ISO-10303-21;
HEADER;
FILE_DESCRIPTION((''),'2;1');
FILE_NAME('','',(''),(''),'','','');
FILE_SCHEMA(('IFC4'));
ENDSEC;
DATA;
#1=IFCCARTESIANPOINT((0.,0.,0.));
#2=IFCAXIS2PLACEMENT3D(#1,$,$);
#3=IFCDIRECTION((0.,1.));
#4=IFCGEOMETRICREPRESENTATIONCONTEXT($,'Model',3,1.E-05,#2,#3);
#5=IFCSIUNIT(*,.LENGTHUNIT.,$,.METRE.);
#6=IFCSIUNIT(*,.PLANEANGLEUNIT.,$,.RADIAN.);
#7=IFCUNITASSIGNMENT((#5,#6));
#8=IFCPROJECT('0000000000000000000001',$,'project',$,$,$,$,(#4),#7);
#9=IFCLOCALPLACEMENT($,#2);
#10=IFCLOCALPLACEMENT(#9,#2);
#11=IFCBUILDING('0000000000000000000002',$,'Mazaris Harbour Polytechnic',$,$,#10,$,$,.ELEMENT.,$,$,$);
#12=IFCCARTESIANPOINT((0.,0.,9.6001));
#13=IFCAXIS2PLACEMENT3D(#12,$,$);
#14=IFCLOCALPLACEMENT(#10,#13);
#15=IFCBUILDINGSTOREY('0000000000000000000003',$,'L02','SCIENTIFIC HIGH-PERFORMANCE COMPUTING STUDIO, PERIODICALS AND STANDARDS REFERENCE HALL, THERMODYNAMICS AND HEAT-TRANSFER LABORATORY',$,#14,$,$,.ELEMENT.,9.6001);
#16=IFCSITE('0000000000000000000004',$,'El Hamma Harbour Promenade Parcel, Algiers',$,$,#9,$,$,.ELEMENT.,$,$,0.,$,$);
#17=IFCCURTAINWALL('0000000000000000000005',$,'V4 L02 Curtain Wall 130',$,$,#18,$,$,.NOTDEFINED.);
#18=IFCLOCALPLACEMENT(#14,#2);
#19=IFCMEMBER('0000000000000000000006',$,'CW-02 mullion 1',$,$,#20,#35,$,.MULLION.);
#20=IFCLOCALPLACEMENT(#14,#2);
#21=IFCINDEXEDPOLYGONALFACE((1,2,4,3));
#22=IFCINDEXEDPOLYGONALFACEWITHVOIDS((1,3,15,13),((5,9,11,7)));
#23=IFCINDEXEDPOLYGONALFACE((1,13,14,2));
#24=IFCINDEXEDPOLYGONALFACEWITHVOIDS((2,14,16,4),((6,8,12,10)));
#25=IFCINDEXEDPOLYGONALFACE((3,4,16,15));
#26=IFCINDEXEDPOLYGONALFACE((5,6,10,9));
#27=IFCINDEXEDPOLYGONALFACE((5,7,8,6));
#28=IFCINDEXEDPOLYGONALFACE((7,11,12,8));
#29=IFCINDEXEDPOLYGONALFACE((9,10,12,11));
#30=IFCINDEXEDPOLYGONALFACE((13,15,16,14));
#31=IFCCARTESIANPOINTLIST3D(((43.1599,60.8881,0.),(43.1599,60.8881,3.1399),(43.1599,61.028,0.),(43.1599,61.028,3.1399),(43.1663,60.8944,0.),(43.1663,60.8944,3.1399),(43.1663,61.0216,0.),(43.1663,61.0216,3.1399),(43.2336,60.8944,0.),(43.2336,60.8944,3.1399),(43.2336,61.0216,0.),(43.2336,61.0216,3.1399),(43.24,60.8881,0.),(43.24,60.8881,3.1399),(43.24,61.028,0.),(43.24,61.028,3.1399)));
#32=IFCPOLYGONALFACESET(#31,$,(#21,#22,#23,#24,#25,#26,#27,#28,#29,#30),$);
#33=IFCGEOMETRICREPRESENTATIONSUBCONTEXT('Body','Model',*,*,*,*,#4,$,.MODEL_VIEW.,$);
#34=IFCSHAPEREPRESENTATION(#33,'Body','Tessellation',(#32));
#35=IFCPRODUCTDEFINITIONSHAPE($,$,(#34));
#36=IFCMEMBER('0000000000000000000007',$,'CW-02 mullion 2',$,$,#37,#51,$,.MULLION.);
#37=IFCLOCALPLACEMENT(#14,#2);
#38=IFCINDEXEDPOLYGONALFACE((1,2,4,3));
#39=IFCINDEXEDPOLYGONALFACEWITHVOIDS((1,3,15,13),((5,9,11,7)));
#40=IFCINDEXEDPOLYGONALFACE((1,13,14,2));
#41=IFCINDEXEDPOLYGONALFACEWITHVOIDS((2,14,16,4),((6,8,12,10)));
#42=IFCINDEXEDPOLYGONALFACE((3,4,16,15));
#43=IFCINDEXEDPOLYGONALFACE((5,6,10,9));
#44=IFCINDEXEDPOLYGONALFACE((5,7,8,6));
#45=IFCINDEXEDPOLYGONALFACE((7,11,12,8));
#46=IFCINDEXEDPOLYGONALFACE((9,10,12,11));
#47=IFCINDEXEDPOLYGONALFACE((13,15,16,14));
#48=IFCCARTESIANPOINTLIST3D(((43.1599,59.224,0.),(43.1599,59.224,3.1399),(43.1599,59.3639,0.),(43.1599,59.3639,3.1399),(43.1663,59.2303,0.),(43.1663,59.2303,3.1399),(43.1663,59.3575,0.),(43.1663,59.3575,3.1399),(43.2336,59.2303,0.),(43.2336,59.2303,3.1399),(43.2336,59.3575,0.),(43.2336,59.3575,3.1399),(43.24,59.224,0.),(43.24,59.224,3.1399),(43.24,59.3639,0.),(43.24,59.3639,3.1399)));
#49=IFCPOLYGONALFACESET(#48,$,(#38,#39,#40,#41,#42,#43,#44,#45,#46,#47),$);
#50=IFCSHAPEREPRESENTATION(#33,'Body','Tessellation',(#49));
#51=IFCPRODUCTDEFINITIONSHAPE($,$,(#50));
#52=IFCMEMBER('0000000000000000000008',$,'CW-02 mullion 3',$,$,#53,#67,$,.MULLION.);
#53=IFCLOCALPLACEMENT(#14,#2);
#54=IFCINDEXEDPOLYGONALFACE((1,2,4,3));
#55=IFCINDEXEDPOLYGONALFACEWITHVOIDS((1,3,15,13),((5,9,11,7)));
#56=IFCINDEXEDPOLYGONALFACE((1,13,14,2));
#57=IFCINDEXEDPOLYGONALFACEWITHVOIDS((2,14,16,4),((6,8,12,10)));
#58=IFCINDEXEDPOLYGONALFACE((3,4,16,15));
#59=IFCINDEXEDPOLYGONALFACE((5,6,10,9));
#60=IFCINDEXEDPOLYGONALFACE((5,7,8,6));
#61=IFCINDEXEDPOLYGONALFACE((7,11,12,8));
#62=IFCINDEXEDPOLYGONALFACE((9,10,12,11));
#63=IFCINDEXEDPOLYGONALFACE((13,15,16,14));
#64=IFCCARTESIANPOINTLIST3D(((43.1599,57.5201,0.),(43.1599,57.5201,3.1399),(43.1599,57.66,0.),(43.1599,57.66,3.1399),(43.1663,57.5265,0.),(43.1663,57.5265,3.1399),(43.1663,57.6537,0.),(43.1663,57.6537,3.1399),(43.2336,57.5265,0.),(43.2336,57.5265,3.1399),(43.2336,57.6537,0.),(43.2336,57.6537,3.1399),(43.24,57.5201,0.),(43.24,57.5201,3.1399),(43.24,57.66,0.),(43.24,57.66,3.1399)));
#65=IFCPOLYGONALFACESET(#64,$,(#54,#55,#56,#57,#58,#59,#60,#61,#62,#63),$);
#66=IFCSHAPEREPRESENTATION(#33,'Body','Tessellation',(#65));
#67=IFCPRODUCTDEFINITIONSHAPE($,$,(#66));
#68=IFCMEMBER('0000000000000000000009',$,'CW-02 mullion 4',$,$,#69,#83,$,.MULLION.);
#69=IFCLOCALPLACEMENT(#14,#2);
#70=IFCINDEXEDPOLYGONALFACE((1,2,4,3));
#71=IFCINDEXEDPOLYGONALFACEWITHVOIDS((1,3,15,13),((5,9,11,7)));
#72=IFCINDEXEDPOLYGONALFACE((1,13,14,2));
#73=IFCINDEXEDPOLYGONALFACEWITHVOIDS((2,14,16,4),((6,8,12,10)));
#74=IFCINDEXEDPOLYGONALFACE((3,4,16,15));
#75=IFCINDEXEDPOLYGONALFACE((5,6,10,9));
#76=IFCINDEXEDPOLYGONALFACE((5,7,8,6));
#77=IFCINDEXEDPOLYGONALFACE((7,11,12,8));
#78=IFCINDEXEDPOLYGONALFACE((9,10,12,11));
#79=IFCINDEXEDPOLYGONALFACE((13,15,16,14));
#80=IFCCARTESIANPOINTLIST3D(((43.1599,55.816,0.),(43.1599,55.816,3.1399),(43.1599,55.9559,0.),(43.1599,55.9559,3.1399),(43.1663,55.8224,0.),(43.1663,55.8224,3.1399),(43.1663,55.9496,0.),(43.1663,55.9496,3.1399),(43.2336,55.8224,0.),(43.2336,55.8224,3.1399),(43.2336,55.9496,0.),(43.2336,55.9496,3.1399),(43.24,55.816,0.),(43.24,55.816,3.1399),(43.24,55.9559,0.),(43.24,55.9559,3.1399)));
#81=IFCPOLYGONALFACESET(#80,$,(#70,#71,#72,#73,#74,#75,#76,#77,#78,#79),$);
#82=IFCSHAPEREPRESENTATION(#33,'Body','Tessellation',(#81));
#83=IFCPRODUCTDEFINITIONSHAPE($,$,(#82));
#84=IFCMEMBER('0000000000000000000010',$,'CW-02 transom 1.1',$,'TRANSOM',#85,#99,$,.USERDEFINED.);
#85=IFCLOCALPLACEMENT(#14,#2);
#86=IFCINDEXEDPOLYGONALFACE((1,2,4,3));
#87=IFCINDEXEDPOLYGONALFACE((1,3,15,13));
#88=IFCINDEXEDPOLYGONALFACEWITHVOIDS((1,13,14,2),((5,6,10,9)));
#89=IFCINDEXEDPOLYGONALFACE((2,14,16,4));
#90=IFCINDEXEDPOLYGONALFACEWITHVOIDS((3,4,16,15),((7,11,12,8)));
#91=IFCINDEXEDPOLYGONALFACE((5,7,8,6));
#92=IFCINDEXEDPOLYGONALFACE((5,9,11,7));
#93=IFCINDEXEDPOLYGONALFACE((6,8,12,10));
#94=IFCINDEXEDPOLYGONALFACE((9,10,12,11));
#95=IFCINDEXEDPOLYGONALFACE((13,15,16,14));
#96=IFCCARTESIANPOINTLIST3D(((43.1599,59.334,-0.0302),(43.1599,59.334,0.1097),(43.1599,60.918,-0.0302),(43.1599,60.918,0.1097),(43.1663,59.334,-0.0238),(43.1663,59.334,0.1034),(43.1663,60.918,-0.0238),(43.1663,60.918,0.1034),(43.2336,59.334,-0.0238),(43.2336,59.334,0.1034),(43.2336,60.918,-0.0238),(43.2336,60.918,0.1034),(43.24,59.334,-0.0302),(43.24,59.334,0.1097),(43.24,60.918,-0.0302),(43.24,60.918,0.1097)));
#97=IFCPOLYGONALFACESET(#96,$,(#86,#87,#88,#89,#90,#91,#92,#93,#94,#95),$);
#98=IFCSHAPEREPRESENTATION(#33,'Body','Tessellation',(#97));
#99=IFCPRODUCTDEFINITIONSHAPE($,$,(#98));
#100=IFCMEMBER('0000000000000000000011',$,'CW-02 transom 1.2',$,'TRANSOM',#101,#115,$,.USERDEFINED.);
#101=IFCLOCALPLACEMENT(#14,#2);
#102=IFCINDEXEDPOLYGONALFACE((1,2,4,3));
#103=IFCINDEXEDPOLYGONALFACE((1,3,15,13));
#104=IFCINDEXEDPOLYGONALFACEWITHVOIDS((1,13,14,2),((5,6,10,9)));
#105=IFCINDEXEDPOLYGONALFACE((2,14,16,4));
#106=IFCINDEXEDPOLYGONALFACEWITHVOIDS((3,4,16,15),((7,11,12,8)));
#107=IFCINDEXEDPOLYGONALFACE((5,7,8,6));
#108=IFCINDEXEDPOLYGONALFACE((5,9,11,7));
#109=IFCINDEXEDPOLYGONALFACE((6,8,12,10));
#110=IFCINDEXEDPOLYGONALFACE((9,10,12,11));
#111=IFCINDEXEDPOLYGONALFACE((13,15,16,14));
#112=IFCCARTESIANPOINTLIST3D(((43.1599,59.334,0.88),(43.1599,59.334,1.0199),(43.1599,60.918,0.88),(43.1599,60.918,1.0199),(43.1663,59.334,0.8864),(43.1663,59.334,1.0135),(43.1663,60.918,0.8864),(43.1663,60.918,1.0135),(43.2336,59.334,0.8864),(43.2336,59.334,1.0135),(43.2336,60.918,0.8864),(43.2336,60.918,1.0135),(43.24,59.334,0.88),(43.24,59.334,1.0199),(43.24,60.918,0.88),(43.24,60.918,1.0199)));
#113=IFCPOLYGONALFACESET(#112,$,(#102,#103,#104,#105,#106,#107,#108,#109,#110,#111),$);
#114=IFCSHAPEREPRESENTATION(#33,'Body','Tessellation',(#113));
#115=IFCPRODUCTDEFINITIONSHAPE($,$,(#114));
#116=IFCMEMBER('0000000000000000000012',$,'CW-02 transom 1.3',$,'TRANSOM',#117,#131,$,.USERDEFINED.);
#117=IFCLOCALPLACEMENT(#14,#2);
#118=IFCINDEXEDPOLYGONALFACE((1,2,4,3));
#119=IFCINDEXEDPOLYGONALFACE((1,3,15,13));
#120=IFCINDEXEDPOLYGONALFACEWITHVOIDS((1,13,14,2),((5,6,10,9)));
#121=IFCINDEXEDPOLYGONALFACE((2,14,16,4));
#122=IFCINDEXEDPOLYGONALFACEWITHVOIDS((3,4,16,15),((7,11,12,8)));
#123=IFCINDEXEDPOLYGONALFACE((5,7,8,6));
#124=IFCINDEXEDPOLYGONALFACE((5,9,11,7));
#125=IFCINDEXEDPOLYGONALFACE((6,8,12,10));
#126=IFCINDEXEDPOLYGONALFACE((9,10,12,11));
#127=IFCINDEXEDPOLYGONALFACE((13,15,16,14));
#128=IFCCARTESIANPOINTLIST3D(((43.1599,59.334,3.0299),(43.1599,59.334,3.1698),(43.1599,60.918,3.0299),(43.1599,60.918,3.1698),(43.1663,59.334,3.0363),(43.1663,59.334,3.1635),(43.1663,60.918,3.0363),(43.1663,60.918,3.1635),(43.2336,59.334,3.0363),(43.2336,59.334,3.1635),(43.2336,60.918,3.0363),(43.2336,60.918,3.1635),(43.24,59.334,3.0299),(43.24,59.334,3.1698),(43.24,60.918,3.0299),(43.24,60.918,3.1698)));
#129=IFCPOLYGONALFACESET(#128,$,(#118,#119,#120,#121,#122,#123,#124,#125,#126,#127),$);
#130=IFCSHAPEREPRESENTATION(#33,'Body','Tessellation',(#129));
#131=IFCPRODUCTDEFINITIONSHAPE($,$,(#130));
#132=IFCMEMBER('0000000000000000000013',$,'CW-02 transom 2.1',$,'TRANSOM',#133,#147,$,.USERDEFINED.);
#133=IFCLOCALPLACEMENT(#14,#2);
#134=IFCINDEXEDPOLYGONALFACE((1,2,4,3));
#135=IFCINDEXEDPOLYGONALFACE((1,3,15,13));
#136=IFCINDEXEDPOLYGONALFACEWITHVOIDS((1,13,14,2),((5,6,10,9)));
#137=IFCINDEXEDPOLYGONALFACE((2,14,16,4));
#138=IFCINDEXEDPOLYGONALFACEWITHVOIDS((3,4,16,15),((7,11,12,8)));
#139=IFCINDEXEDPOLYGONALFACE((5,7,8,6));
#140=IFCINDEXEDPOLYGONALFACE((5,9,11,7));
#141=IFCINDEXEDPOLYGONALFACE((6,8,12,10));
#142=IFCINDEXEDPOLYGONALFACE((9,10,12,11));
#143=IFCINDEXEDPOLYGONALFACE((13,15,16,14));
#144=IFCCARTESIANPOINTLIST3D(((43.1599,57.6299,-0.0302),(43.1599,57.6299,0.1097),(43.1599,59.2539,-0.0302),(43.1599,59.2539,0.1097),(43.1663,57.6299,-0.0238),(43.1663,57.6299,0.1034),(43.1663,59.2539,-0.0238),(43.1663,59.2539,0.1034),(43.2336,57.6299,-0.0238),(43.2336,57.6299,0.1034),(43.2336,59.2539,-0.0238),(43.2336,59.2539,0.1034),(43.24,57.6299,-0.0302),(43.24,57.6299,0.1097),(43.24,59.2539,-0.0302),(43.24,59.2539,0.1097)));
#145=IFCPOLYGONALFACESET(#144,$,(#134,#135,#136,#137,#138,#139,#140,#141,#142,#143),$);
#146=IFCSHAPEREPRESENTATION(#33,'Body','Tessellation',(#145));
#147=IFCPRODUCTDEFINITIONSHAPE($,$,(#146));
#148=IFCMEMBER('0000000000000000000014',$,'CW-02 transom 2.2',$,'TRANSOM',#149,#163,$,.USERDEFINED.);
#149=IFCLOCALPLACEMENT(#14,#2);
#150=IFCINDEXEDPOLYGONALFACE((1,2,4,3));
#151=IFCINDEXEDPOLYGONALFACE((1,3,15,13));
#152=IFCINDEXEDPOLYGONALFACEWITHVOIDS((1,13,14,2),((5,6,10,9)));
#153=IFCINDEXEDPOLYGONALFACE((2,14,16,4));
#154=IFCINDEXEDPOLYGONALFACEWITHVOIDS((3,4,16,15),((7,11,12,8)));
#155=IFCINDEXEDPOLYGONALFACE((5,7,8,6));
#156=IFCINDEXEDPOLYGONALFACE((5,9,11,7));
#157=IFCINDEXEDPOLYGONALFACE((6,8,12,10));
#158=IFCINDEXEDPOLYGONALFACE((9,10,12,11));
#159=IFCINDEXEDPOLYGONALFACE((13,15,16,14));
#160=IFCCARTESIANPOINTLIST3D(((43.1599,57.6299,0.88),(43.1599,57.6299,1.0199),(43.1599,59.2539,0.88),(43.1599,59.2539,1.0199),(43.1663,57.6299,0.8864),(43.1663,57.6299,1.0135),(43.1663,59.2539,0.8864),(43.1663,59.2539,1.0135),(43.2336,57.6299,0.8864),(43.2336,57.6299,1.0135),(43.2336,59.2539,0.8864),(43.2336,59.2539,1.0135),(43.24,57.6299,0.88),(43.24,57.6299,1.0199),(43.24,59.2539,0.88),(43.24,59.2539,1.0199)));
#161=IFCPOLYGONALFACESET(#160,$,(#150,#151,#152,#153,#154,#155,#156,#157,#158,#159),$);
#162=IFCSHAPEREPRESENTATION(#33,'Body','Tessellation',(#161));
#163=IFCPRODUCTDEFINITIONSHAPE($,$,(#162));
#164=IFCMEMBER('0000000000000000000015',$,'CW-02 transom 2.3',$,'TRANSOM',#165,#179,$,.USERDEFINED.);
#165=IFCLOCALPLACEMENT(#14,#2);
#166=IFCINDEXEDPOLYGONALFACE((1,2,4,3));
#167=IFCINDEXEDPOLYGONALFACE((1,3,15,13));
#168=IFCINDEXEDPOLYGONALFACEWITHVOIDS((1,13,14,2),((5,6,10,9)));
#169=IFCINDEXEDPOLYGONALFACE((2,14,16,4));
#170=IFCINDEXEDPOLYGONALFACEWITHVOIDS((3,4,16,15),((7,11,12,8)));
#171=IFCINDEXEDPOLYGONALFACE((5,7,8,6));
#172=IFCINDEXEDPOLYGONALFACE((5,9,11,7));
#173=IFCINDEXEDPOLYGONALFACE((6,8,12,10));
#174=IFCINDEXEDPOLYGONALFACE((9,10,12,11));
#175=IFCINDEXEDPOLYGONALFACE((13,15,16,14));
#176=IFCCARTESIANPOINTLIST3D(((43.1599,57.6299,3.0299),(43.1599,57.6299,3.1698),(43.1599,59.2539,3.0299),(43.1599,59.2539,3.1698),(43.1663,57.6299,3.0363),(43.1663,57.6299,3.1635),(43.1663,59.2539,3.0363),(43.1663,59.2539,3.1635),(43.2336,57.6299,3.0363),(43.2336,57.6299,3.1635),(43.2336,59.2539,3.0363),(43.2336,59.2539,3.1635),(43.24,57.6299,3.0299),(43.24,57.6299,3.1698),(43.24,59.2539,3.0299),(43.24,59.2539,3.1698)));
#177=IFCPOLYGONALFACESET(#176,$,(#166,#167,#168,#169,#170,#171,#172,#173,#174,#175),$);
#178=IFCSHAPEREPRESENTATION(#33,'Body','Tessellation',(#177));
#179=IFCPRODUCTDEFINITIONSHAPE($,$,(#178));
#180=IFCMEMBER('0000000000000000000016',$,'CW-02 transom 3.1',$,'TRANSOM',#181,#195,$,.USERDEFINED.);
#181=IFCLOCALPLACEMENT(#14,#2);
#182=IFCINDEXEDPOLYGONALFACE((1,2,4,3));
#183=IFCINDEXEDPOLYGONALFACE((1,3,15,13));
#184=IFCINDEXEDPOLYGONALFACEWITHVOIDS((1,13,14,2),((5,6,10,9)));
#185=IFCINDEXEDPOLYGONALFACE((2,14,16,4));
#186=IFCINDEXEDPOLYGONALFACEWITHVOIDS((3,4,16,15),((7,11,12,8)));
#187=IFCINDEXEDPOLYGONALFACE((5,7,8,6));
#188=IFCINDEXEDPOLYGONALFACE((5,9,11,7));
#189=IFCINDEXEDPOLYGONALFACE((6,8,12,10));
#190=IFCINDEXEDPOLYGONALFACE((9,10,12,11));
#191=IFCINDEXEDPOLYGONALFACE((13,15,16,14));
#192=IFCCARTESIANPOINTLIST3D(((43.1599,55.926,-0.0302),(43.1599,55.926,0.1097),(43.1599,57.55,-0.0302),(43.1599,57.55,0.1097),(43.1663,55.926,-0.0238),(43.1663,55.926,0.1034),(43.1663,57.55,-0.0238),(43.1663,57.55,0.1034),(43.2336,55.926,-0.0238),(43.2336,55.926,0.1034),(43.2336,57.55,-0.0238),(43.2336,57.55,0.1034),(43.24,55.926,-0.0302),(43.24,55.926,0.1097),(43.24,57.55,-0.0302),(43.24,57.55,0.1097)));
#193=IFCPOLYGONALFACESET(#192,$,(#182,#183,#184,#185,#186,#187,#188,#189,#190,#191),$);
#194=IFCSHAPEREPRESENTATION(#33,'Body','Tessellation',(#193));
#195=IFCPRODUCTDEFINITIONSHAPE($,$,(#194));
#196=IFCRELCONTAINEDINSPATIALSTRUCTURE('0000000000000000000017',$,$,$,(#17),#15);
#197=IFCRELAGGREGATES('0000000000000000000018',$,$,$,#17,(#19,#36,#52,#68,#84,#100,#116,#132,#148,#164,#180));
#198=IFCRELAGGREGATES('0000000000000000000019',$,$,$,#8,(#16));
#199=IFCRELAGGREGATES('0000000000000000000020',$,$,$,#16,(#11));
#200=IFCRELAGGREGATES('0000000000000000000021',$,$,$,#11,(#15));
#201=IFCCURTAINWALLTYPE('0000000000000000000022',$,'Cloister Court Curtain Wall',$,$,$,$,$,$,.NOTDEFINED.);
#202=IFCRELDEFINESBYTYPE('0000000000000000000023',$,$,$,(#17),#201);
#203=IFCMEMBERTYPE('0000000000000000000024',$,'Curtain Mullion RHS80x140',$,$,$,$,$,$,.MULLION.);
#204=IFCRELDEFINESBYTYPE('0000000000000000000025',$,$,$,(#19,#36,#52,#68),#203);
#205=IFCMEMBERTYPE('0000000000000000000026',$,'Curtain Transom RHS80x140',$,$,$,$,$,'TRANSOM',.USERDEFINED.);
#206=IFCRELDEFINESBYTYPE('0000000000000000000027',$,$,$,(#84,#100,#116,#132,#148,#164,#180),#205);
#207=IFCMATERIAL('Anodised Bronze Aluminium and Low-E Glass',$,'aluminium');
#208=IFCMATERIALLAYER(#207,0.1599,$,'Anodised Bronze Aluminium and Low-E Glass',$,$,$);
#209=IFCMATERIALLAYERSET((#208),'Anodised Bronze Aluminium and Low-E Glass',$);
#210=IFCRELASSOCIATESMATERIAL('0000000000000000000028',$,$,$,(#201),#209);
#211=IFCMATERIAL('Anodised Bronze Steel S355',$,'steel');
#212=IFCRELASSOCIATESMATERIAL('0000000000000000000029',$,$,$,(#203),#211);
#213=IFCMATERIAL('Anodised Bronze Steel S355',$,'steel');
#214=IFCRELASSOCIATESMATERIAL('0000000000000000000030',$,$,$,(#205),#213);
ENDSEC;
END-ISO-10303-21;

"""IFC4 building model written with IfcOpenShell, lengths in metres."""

from ifc_helpers import new_model, si_unit, direction, frame, origin, origin_2d, place, context, subcontext, project, spatial, hollow_rectangle, extrude, material, layer, layer_set, material_profile, profile_set, type_object, element, aggregate, save


model = new_model("IFC4")

# Units and contexts
model_context = context("Model", 3, precision=1e-05, world=origin(), true_north=direction((0.0, 1.0)))
body_context = subcontext(model_context, "Body", "Model", "MODEL_VIEW")
ifc_project = project(units=[si_unit("LENGTHUNIT", "METRE"), si_unit("PLANEANGLEUNIT", "RADIAN")], contexts=[model_context])

# Site, building, storey
site_placement = place(None, origin())
site = spatial("IfcSite", under=ifc_project, at=site_placement, Name="El Hamma Harbour Promenade Parcel, Algiers", CompositionType="ELEMENT", RefElevation=0.0)
building_placement = place(site_placement, origin())
building = spatial("IfcBuilding", under=site, at=building_placement, Name="Mazaris Harbour Polytechnic", CompositionType="ELEMENT")
storey_placement = place(building_placement, frame((0.0, 0.0, 9.6001)))
storey = spatial("IfcBuildingStorey", under=building, at=storey_placement, Name="L02", Description="SCIENTIFIC HIGH-PERFORMANCE COMPUTING STUDIO, PERIODICALS AND STANDARDS REFERENCE HALL, THERMODYNAMICS AND HEAT-TRANSFER LABORATORY", CompositionType="ELEMENT", Elevation=9.6001)

# Curtain wall, members
ifc_material_1 = material(Name="Anodised Bronze Aluminium and Low-E Glass", Category="aluminium")
ifc_layer_1 = layer(ifc_material_1, 0.1599, Name="Anodised Bronze Aluminium and Low-E Glass")
ifc_layer_set_1 = layer_set([ifc_layer_1], Name="Anodised Bronze Aluminium and Low-E Glass")
curtain_wall_type = type_object("IfcCurtainWallType", Name="Cloister Court Curtain Wall", PredefinedType="NOTDEFINED", material=ifc_layer_set_1)
curtain_wall_placement = place(storey_placement, origin())
curtain_wall = element("IfcCurtainWall", 1, at=curtain_wall_placement, inside=storey, type_object=curtain_wall_type, Name="V4 L02 Curtain Wall 130", PredefinedType="NOTDEFINED")
ifc_material_2 = material(Name="Anodised Bronze Steel S355", Category="steel")
ifc_material_profile_1 = material_profile(ifc_material_2, hollow_rectangle(XDim=0.0801, YDim=0.1399, WallThickness=0.0063, at=origin_2d()), Name="RHS 80x140x6.3")
ifc_profile_set_1 = profile_set([ifc_material_profile_1], Name="Anodised Bronze Steel S355")
member_type_1 = type_object("IfcMemberType", Name="Curtain Mullion RHS80x140", PredefinedType="MULLION", material=ifc_profile_set_1)
member_1_placement = place(storey_placement, frame((43.2, 60.958, 0.0), z_axis=(0.0, 0.0, 1.0), x_axis=(1.0, 0.0, 0.0)))
member_1 = element("IfcMember", 2, at=member_1_placement, type_object=member_type_1, Name="CW-02 mullion 1", PredefinedType="MULLION", context=body_context, shape_type="SweptSolid", body=[
    extrude(hollow_rectangle(XDim=0.0801, YDim=0.1399, WallThickness=0.0063, at=origin_2d()), origin(), (0.0, 0.0, 1.0), 3.1399),
])
member_2_placement = place(storey_placement, frame((43.2, 59.2939, 0.0), z_axis=(0.0, 0.0, 1.0), x_axis=(1.0, 0.0, 0.0)))
member_2 = element("IfcMember", 3, at=member_2_placement, type_object=member_type_1, Name="CW-02 mullion 2", PredefinedType="MULLION", context=body_context, shape_type="SweptSolid", body=[
    extrude(hollow_rectangle(XDim=0.0801, YDim=0.1399, WallThickness=0.0063, at=origin_2d()), origin(), (0.0, 0.0, 1.0), 3.1399),
])
member_3_placement = place(storey_placement, frame((43.2, 57.5901, 0.0), z_axis=(0.0, 0.0, 1.0), x_axis=(1.0, 0.0, 0.0)))
member_3 = element("IfcMember", 4, at=member_3_placement, type_object=member_type_1, Name="CW-02 mullion 3", PredefinedType="MULLION", context=body_context, shape_type="SweptSolid", body=[
    extrude(hollow_rectangle(XDim=0.0801, YDim=0.1399, WallThickness=0.0063, at=origin_2d()), origin(), (0.0, 0.0, 1.0), 3.1399),
])
member_4_placement = place(storey_placement, frame((43.2, 55.886, 0.0), z_axis=(0.0, 0.0, 1.0), x_axis=(1.0, 0.0, 0.0)))
member_4 = element("IfcMember", 5, at=member_4_placement, type_object=member_type_1, Name="CW-02 mullion 4", PredefinedType="MULLION", context=body_context, shape_type="SweptSolid", body=[
    extrude(hollow_rectangle(XDim=0.0801, YDim=0.1399, WallThickness=0.0063, at=origin_2d()), origin(), (0.0, 0.0, 1.0), 3.1399),
])
ifc_material_3 = material(Name="Anodised Bronze Steel S355", Category="steel")
ifc_material_profile_2 = material_profile(ifc_material_3, hollow_rectangle(XDim=0.0801, YDim=0.1399, WallThickness=0.0063, at=origin_2d()), Name="RHS 80x140x6.3")
ifc_profile_set_2 = profile_set([ifc_material_profile_2], Name="Anodised Bronze Steel S355")
member_type_2 = type_object("IfcMemberType", Name="Curtain Transom RHS80x140", ElementType="TRANSOM", PredefinedType="USERDEFINED", material=ifc_profile_set_2)
member_5_placement = place(storey_placement, frame((43.2, 60.918, 0.0398), z_axis=(0.0, -1.0, 0.0), x_axis=(1.0, 0.0, 0.0)))
member_5 = element("IfcMember", 6, at=member_5_placement, type_object=member_type_2, Name="CW-02 transom 1.1", ObjectType="TRANSOM", PredefinedType="USERDEFINED", context=body_context, shape_type="SweptSolid", body=[
    extrude(hollow_rectangle(XDim=0.0801, YDim=0.1399, WallThickness=0.0063, at=origin_2d()), origin(), (0.0, 0.0, 1.0), 1.584),
])
member_6_placement = place(storey_placement, frame((43.2, 60.918, 0.95), z_axis=(0.0, -1.0, 0.0), x_axis=(1.0, 0.0, 0.0)))
member_6 = element("IfcMember", 7, at=member_6_placement, type_object=member_type_2, Name="CW-02 transom 1.2", ObjectType="TRANSOM", PredefinedType="USERDEFINED", context=body_context, shape_type="SweptSolid", body=[
    extrude(hollow_rectangle(XDim=0.0801, YDim=0.1399, WallThickness=0.0063, at=origin_2d()), origin(), (0.0, 0.0, 1.0), 1.584),
])
member_7_placement = place(storey_placement, frame((43.2, 60.918, 3.0999), z_axis=(0.0, -1.0, 0.0), x_axis=(1.0, 0.0, 0.0)))
member_7 = element("IfcMember", 8, at=member_7_placement, type_object=member_type_2, Name="CW-02 transom 1.3", ObjectType="TRANSOM", PredefinedType="USERDEFINED", context=body_context, shape_type="SweptSolid", body=[
    extrude(hollow_rectangle(XDim=0.0801, YDim=0.1399, WallThickness=0.0063, at=origin_2d()), origin(), (0.0, 0.0, 1.0), 1.584),
])
member_8_placement = place(storey_placement, frame((43.2, 59.2539, 0.0398), z_axis=(0.0, -1.0, 0.0), x_axis=(1.0, 0.0, 0.0)))
member_8 = element("IfcMember", 9, at=member_8_placement, type_object=member_type_2, Name="CW-02 transom 2.1", ObjectType="TRANSOM", PredefinedType="USERDEFINED", context=body_context, shape_type="SweptSolid", body=[
    extrude(hollow_rectangle(XDim=0.0801, YDim=0.1399, WallThickness=0.0063, at=origin_2d()), origin(), (0.0, 0.0, 1.0), 1.624),
])
member_9_placement = place(storey_placement, frame((43.2, 59.2539, 0.95), z_axis=(0.0, -1.0, 0.0), x_axis=(1.0, 0.0, 0.0)))
member_9 = element("IfcMember", 10, at=member_9_placement, type_object=member_type_2, Name="CW-02 transom 2.2", ObjectType="TRANSOM", PredefinedType="USERDEFINED", context=body_context, shape_type="SweptSolid", body=[
    extrude(hollow_rectangle(XDim=0.0801, YDim=0.1399, WallThickness=0.0063, at=origin_2d()), origin(), (0.0, 0.0, 1.0), 1.624),
])
member_10_placement = place(storey_placement, frame((43.2, 59.2539, 3.0999), z_axis=(0.0, -1.0, 0.0), x_axis=(1.0, 0.0, 0.0)))
member_10 = element("IfcMember", 11, at=member_10_placement, type_object=member_type_2, Name="CW-02 transom 2.3", ObjectType="TRANSOM", PredefinedType="USERDEFINED", context=body_context, shape_type="SweptSolid", body=[
    extrude(hollow_rectangle(XDim=0.0801, YDim=0.1399, WallThickness=0.0063, at=origin_2d()), origin(), (0.0, 0.0, 1.0), 1.624),
])
member_11_placement = place(storey_placement, frame((43.2, 57.55, 0.0398), z_axis=(0.0, -1.0, 0.0), x_axis=(1.0, 0.0, 0.0)))
member_11 = element("IfcMember", 12, at=member_11_placement, type_object=member_type_2, Name="CW-02 transom 3.1", ObjectType="TRANSOM", PredefinedType="USERDEFINED", context=body_context, shape_type="SweptSolid", body=[
    extrude(hollow_rectangle(XDim=0.0801, YDim=0.1399, WallThickness=0.0063, at=origin_2d()), origin(), (0.0, 0.0, 1.0), 1.624),
])
aggregate(curtain_wall, [member_1, member_2, member_3, member_4, member_5, member_6, member_7, member_8, member_9, member_10, member_11])

save(model, "model.ifc")
